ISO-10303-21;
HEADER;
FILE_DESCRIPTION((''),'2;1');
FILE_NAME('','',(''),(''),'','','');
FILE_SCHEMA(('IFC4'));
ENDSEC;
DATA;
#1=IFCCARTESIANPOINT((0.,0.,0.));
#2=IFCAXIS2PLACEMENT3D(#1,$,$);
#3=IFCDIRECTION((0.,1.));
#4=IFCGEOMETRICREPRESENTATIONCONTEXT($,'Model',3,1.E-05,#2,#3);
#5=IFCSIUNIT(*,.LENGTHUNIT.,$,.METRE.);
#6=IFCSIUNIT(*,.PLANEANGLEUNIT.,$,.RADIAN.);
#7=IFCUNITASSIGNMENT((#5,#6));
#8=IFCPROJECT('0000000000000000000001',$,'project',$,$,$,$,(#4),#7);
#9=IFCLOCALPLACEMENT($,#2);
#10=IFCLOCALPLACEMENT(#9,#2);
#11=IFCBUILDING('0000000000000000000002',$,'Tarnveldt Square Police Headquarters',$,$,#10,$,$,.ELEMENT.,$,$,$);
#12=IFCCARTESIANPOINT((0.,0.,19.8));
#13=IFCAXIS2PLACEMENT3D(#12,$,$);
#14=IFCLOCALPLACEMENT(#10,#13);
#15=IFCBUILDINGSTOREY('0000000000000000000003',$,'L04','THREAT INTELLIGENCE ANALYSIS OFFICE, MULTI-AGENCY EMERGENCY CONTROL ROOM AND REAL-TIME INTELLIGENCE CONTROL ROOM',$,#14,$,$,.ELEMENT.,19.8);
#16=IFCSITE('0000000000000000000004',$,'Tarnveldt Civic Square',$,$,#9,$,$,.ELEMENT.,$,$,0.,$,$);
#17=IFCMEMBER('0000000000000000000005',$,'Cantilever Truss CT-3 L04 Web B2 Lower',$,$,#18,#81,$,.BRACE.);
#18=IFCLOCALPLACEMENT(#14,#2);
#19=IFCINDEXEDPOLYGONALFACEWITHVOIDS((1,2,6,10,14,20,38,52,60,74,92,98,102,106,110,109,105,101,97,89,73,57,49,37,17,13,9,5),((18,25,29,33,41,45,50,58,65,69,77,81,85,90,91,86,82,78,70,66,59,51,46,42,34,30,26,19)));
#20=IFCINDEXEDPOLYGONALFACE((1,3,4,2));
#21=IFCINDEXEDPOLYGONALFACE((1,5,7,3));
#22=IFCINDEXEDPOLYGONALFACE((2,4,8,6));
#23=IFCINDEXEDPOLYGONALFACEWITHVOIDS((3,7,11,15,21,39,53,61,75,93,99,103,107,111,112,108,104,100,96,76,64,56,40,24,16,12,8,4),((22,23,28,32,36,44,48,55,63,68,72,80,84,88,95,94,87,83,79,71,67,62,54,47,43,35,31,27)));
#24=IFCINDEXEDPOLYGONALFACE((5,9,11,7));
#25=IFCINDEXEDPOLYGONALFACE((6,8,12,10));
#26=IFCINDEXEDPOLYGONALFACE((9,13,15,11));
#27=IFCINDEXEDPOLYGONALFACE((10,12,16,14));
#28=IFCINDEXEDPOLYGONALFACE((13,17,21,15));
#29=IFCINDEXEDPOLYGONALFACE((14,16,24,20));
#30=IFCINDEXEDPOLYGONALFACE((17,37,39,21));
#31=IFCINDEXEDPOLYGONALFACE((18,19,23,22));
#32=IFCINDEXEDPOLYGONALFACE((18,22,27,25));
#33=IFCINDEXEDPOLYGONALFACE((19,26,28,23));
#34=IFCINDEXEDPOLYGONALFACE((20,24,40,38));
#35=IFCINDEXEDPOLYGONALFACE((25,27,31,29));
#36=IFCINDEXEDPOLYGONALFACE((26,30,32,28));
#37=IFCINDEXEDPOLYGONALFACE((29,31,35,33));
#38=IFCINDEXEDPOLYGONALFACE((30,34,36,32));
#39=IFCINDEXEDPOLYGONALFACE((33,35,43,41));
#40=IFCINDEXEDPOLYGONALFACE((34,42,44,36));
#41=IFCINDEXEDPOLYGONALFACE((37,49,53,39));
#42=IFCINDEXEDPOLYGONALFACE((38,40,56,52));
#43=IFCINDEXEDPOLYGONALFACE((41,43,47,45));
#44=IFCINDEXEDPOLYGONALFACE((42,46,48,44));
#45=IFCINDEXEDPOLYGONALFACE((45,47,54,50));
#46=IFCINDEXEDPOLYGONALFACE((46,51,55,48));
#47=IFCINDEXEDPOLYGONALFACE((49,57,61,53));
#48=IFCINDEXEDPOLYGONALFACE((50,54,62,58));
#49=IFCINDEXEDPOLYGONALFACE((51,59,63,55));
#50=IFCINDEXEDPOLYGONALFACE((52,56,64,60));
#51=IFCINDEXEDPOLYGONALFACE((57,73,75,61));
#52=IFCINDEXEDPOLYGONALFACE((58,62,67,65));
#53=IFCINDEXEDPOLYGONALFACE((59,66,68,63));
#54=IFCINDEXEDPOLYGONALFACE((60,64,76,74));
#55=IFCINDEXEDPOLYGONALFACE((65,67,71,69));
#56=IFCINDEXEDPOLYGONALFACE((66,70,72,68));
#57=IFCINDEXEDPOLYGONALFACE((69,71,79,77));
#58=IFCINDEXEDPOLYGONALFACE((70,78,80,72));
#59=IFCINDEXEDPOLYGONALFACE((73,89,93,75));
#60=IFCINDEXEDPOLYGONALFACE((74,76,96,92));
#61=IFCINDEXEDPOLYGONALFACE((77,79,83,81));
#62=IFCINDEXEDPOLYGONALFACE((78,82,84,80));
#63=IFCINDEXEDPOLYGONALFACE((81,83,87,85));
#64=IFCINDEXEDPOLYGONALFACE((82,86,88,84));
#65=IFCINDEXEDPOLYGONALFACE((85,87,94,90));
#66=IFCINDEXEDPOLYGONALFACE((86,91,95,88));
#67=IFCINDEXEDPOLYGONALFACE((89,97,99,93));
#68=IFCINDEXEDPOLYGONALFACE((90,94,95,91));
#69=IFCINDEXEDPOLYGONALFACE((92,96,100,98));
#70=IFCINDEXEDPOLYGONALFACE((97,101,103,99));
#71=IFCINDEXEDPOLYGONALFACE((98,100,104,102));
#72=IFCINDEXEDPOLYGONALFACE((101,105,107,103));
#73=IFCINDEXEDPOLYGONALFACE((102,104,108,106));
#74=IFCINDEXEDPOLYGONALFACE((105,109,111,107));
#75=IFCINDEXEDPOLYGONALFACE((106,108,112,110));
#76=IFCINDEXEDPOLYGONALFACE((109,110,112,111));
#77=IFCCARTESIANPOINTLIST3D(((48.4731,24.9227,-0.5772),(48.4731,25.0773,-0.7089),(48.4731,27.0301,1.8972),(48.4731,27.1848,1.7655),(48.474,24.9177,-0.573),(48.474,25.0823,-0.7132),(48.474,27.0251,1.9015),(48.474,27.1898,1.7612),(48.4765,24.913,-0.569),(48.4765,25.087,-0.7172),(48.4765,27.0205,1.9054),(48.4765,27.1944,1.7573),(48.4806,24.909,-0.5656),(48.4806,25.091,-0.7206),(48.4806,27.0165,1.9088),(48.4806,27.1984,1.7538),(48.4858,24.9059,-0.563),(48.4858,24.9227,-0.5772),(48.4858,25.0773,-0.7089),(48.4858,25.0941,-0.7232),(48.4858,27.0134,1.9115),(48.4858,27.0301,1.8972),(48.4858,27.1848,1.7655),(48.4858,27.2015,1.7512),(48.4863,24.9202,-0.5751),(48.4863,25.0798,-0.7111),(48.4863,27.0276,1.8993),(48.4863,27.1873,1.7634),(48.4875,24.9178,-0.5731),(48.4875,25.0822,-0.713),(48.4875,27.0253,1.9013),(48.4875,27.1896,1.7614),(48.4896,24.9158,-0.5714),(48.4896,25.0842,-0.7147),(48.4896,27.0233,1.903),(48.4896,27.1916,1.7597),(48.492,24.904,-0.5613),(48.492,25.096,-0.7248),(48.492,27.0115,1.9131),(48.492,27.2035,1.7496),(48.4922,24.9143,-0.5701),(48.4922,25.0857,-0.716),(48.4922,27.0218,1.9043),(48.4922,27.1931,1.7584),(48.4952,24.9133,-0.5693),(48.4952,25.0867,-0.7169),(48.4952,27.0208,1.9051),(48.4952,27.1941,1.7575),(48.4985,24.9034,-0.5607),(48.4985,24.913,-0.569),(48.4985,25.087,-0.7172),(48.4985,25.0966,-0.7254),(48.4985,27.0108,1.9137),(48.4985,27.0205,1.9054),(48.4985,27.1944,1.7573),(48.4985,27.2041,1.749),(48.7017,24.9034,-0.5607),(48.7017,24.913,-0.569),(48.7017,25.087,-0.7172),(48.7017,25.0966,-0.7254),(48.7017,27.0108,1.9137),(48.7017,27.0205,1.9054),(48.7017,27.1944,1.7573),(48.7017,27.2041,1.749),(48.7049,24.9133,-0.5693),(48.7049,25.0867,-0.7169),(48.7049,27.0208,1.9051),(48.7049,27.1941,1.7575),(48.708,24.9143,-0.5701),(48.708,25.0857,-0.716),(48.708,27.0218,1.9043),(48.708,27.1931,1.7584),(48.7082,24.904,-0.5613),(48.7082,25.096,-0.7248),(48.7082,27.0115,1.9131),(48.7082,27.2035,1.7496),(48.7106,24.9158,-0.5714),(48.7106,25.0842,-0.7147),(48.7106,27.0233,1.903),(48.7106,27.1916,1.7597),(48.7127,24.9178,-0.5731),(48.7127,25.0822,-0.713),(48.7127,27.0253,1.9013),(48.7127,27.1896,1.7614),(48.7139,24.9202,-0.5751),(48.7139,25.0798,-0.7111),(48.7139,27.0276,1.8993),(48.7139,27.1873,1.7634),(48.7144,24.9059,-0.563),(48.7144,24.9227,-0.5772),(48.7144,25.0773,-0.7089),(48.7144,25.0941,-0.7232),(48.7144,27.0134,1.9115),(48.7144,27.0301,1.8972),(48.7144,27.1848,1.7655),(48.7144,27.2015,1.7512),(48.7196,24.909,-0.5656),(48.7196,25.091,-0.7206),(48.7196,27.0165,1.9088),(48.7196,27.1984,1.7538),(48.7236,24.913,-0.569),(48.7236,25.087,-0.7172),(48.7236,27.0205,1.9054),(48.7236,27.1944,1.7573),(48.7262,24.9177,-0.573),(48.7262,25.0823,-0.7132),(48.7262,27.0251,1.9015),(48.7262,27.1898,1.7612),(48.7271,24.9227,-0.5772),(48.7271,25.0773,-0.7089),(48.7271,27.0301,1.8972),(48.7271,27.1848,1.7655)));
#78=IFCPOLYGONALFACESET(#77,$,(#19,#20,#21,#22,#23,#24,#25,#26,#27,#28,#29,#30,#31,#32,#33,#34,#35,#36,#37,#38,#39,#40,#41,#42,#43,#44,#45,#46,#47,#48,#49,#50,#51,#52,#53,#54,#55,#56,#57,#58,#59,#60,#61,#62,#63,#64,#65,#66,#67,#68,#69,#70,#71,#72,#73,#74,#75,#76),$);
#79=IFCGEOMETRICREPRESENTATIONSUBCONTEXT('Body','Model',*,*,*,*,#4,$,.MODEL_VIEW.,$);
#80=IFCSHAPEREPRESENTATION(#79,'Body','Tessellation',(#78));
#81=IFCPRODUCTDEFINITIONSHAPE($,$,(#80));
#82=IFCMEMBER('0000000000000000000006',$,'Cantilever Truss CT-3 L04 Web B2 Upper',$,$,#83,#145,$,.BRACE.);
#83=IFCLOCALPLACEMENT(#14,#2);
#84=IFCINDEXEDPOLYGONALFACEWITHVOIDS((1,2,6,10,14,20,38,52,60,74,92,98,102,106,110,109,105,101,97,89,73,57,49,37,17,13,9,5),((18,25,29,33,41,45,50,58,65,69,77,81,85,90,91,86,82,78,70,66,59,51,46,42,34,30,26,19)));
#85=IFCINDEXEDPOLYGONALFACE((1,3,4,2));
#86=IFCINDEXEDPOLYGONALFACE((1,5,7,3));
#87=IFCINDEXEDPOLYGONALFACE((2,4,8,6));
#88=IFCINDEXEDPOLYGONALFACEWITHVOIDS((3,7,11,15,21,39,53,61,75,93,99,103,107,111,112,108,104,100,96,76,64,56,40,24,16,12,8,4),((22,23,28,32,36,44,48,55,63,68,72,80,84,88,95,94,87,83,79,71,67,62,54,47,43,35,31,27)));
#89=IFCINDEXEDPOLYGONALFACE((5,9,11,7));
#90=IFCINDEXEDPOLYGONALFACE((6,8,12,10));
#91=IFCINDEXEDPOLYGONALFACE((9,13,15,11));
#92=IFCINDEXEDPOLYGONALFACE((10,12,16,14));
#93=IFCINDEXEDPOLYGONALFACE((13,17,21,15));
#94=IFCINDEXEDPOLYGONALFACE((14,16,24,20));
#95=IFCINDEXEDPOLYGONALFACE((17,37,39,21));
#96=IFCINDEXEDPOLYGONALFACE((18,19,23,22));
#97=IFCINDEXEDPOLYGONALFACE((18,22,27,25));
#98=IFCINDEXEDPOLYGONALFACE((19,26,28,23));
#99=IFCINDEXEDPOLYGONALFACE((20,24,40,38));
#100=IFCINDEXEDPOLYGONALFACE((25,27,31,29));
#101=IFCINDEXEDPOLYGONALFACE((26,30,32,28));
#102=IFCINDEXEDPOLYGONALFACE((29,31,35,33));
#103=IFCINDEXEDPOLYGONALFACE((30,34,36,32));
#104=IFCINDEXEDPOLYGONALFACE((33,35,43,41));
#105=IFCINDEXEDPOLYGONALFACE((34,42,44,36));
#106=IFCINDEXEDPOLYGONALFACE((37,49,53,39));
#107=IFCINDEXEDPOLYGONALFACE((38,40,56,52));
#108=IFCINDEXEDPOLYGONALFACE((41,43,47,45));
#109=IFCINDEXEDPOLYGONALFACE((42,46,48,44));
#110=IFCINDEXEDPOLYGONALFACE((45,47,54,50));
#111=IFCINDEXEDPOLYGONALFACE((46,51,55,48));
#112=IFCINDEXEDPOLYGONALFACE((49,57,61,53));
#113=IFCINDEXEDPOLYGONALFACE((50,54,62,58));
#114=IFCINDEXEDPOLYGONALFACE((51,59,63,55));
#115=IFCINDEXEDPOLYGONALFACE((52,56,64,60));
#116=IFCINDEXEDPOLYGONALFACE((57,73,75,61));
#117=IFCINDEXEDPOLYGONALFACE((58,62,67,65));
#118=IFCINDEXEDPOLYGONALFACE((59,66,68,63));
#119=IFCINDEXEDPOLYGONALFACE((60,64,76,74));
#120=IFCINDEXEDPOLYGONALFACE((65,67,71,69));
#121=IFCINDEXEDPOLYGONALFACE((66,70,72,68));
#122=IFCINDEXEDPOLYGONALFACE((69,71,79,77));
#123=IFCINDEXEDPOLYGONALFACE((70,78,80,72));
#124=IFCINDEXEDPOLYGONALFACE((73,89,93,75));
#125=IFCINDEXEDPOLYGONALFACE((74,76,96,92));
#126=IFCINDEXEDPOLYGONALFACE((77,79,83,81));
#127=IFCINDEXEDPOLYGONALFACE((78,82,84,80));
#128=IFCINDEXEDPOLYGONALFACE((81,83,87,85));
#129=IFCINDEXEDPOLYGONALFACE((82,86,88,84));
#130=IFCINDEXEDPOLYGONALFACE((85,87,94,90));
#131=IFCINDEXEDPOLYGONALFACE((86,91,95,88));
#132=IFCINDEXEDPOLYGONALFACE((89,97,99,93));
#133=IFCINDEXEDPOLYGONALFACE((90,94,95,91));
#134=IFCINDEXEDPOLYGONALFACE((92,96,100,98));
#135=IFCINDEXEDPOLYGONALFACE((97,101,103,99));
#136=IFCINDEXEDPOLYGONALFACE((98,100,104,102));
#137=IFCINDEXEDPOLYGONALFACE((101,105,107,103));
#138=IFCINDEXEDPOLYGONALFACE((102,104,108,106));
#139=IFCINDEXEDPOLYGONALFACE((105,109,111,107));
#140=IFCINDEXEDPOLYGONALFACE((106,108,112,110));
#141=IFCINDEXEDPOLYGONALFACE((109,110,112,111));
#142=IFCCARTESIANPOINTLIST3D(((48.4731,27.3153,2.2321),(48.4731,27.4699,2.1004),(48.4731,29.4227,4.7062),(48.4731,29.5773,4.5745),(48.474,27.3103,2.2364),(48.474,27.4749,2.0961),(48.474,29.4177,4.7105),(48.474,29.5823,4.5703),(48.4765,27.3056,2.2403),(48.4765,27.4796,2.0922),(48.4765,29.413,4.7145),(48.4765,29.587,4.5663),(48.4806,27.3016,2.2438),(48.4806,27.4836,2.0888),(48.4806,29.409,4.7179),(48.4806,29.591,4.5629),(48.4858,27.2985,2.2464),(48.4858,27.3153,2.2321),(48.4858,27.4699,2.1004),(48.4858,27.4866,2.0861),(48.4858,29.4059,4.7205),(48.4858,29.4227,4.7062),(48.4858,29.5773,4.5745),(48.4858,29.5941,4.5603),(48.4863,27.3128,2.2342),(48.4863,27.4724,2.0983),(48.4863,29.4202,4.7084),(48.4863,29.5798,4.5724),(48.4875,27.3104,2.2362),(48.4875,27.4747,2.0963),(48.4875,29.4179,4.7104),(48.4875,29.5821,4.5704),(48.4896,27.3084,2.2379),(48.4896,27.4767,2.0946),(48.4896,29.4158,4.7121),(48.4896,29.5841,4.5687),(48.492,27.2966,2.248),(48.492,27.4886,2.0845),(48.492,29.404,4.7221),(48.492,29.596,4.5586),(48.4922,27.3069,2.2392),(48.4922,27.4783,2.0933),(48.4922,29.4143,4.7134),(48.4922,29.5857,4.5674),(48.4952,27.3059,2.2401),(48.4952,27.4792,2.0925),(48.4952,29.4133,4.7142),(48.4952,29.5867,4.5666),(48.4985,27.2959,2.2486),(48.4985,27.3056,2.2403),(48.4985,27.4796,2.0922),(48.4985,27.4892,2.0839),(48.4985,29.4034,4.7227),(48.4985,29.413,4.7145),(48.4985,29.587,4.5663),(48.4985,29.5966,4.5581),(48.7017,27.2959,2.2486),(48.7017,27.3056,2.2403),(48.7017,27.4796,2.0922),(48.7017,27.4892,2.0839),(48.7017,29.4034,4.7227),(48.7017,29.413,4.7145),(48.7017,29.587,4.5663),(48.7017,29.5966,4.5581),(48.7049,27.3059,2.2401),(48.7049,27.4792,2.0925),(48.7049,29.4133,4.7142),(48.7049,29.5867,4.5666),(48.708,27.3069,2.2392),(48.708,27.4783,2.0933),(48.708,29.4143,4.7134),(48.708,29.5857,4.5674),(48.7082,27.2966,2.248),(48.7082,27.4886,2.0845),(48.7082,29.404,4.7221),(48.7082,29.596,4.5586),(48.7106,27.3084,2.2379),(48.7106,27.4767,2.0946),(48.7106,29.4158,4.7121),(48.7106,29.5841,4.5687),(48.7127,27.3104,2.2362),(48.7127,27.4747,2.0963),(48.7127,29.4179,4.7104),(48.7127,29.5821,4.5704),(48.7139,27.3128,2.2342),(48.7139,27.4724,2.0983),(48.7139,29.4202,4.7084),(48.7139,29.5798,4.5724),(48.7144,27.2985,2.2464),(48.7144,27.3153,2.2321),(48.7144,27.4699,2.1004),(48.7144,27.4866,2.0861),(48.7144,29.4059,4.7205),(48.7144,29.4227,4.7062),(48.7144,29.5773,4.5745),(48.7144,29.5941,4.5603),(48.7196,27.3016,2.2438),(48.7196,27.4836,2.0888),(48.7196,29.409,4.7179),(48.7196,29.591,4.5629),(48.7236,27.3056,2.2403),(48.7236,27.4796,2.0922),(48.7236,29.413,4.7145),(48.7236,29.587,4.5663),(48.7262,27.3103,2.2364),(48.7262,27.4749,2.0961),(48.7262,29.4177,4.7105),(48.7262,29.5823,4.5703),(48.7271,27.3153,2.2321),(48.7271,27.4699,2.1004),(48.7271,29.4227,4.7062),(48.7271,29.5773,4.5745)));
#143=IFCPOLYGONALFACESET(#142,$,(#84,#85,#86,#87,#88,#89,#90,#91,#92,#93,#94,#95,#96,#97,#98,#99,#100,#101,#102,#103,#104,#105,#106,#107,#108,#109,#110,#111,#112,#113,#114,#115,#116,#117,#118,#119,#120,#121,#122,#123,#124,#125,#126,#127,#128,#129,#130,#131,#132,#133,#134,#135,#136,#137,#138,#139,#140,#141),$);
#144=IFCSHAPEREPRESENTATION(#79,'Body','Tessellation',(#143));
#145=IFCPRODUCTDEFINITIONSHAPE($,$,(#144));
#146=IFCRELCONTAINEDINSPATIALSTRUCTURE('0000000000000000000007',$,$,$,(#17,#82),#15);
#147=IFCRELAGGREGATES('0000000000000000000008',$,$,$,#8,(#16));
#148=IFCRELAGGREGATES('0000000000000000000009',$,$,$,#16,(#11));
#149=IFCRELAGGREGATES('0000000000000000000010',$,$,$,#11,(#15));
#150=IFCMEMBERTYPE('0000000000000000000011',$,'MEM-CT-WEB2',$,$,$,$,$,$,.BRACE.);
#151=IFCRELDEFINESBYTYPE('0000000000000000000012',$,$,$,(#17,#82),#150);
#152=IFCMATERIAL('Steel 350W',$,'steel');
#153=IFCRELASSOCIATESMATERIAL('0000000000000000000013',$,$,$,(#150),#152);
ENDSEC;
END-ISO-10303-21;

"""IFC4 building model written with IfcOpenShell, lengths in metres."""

from ifc_helpers import new_model, si_unit, direction, frame, origin, origin_2d, place, context, subcontext, project, spatial, hollow_rectangle, extrude, material, material_profile, profile_set, type_object, element, save


model = new_model("IFC4")

# Units and contexts
model_context = context("Model", 3, precision=1e-05, world=origin(), true_north=direction((0.0, 1.0)))
body_context = subcontext(model_context, "Body", "Model", "MODEL_VIEW")
ifc_project = project(units=[si_unit("LENGTHUNIT", "METRE"), si_unit("PLANEANGLEUNIT", "RADIAN")], contexts=[model_context])

# Site, building, storey
site_placement = place(None, origin())
site = spatial("IfcSite", under=ifc_project, at=site_placement, Name="Tarnveldt Civic Square", CompositionType="ELEMENT", RefElevation=0.0)
building_placement = place(site_placement, origin())
building = spatial("IfcBuilding", under=site, at=building_placement, Name="Tarnveldt Square Police Headquarters", CompositionType="ELEMENT")
storey_placement = place(building_placement, frame((0.0, 0.0, 19.8)))
storey = spatial("IfcBuildingStorey", under=building, at=storey_placement, Name="L04", Description="THREAT INTELLIGENCE ANALYSIS OFFICE, MULTI-AGENCY EMERGENCY CONTROL ROOM AND REAL-TIME INTELLIGENCE CONTROL ROOM", CompositionType="ELEMENT", Elevation=19.8)

# Shared definitions
ifc_material_1 = material(Name="Steel 350W", Category="steel")

# Members
ifc_material_profile_1 = material_profile(ifc_material_1, hollow_rectangle(XDim=0.2539, YDim=0.2539, WallThickness=0.0127, InnerFilletRadius=0.0127, OuterFilletRadius=0.0254, at=origin_2d()), Name="HSS254x254x13")
ifc_profile_set_1 = profile_set([ifc_material_profile_1], Name="Steel 350W")
member_type_1 = type_object("IfcMemberType", Name="MEM-CT-WEB2", PredefinedType="BRACE", material=ifc_profile_set_1)
member_1_placement = place(storey_placement, frame((48.6001, 25.0, -0.6431), z_axis=(0.0, 0.6484, 0.7613), x_axis=(-1.0, 0.0, 0.0)))
element("IfcMember", 1, at=member_1_placement, inside=storey, type_object=member_type_1, Name="Cantilever Truss CT-3 L04 Web B2 Lower", PredefinedType="BRACE", context=body_context, shape_type="SweptSolid", body=[
    extrude(hollow_rectangle(XDim=0.2539, YDim=0.2539, WallThickness=0.0127, InnerFilletRadius=0.0127, OuterFilletRadius=0.0254, at=origin_2d()), origin(), (0.0, 0.0, 1.0), 3.2502),
])
member_2_placement = place(storey_placement, frame((48.6001, 27.3926, 2.1663), z_axis=(0.0, 0.648437, 0.761268), x_axis=(-1.0, 0.0, 0.0)))
element("IfcMember", 2, at=member_2_placement, inside=storey, type_object=member_type_1, Name="Cantilever Truss CT-3 L04 Web B2 Upper", PredefinedType="BRACE", context=body_context, shape_type="SweptSolid", body=[
    extrude(hollow_rectangle(XDim=0.2539, YDim=0.2539, WallThickness=0.0127, InnerFilletRadius=0.0127, OuterFilletRadius=0.0254, at=origin_2d()), origin(), (0.0, 0.0, 1.0), 3.25),
])

save(model, "model.ifc")
